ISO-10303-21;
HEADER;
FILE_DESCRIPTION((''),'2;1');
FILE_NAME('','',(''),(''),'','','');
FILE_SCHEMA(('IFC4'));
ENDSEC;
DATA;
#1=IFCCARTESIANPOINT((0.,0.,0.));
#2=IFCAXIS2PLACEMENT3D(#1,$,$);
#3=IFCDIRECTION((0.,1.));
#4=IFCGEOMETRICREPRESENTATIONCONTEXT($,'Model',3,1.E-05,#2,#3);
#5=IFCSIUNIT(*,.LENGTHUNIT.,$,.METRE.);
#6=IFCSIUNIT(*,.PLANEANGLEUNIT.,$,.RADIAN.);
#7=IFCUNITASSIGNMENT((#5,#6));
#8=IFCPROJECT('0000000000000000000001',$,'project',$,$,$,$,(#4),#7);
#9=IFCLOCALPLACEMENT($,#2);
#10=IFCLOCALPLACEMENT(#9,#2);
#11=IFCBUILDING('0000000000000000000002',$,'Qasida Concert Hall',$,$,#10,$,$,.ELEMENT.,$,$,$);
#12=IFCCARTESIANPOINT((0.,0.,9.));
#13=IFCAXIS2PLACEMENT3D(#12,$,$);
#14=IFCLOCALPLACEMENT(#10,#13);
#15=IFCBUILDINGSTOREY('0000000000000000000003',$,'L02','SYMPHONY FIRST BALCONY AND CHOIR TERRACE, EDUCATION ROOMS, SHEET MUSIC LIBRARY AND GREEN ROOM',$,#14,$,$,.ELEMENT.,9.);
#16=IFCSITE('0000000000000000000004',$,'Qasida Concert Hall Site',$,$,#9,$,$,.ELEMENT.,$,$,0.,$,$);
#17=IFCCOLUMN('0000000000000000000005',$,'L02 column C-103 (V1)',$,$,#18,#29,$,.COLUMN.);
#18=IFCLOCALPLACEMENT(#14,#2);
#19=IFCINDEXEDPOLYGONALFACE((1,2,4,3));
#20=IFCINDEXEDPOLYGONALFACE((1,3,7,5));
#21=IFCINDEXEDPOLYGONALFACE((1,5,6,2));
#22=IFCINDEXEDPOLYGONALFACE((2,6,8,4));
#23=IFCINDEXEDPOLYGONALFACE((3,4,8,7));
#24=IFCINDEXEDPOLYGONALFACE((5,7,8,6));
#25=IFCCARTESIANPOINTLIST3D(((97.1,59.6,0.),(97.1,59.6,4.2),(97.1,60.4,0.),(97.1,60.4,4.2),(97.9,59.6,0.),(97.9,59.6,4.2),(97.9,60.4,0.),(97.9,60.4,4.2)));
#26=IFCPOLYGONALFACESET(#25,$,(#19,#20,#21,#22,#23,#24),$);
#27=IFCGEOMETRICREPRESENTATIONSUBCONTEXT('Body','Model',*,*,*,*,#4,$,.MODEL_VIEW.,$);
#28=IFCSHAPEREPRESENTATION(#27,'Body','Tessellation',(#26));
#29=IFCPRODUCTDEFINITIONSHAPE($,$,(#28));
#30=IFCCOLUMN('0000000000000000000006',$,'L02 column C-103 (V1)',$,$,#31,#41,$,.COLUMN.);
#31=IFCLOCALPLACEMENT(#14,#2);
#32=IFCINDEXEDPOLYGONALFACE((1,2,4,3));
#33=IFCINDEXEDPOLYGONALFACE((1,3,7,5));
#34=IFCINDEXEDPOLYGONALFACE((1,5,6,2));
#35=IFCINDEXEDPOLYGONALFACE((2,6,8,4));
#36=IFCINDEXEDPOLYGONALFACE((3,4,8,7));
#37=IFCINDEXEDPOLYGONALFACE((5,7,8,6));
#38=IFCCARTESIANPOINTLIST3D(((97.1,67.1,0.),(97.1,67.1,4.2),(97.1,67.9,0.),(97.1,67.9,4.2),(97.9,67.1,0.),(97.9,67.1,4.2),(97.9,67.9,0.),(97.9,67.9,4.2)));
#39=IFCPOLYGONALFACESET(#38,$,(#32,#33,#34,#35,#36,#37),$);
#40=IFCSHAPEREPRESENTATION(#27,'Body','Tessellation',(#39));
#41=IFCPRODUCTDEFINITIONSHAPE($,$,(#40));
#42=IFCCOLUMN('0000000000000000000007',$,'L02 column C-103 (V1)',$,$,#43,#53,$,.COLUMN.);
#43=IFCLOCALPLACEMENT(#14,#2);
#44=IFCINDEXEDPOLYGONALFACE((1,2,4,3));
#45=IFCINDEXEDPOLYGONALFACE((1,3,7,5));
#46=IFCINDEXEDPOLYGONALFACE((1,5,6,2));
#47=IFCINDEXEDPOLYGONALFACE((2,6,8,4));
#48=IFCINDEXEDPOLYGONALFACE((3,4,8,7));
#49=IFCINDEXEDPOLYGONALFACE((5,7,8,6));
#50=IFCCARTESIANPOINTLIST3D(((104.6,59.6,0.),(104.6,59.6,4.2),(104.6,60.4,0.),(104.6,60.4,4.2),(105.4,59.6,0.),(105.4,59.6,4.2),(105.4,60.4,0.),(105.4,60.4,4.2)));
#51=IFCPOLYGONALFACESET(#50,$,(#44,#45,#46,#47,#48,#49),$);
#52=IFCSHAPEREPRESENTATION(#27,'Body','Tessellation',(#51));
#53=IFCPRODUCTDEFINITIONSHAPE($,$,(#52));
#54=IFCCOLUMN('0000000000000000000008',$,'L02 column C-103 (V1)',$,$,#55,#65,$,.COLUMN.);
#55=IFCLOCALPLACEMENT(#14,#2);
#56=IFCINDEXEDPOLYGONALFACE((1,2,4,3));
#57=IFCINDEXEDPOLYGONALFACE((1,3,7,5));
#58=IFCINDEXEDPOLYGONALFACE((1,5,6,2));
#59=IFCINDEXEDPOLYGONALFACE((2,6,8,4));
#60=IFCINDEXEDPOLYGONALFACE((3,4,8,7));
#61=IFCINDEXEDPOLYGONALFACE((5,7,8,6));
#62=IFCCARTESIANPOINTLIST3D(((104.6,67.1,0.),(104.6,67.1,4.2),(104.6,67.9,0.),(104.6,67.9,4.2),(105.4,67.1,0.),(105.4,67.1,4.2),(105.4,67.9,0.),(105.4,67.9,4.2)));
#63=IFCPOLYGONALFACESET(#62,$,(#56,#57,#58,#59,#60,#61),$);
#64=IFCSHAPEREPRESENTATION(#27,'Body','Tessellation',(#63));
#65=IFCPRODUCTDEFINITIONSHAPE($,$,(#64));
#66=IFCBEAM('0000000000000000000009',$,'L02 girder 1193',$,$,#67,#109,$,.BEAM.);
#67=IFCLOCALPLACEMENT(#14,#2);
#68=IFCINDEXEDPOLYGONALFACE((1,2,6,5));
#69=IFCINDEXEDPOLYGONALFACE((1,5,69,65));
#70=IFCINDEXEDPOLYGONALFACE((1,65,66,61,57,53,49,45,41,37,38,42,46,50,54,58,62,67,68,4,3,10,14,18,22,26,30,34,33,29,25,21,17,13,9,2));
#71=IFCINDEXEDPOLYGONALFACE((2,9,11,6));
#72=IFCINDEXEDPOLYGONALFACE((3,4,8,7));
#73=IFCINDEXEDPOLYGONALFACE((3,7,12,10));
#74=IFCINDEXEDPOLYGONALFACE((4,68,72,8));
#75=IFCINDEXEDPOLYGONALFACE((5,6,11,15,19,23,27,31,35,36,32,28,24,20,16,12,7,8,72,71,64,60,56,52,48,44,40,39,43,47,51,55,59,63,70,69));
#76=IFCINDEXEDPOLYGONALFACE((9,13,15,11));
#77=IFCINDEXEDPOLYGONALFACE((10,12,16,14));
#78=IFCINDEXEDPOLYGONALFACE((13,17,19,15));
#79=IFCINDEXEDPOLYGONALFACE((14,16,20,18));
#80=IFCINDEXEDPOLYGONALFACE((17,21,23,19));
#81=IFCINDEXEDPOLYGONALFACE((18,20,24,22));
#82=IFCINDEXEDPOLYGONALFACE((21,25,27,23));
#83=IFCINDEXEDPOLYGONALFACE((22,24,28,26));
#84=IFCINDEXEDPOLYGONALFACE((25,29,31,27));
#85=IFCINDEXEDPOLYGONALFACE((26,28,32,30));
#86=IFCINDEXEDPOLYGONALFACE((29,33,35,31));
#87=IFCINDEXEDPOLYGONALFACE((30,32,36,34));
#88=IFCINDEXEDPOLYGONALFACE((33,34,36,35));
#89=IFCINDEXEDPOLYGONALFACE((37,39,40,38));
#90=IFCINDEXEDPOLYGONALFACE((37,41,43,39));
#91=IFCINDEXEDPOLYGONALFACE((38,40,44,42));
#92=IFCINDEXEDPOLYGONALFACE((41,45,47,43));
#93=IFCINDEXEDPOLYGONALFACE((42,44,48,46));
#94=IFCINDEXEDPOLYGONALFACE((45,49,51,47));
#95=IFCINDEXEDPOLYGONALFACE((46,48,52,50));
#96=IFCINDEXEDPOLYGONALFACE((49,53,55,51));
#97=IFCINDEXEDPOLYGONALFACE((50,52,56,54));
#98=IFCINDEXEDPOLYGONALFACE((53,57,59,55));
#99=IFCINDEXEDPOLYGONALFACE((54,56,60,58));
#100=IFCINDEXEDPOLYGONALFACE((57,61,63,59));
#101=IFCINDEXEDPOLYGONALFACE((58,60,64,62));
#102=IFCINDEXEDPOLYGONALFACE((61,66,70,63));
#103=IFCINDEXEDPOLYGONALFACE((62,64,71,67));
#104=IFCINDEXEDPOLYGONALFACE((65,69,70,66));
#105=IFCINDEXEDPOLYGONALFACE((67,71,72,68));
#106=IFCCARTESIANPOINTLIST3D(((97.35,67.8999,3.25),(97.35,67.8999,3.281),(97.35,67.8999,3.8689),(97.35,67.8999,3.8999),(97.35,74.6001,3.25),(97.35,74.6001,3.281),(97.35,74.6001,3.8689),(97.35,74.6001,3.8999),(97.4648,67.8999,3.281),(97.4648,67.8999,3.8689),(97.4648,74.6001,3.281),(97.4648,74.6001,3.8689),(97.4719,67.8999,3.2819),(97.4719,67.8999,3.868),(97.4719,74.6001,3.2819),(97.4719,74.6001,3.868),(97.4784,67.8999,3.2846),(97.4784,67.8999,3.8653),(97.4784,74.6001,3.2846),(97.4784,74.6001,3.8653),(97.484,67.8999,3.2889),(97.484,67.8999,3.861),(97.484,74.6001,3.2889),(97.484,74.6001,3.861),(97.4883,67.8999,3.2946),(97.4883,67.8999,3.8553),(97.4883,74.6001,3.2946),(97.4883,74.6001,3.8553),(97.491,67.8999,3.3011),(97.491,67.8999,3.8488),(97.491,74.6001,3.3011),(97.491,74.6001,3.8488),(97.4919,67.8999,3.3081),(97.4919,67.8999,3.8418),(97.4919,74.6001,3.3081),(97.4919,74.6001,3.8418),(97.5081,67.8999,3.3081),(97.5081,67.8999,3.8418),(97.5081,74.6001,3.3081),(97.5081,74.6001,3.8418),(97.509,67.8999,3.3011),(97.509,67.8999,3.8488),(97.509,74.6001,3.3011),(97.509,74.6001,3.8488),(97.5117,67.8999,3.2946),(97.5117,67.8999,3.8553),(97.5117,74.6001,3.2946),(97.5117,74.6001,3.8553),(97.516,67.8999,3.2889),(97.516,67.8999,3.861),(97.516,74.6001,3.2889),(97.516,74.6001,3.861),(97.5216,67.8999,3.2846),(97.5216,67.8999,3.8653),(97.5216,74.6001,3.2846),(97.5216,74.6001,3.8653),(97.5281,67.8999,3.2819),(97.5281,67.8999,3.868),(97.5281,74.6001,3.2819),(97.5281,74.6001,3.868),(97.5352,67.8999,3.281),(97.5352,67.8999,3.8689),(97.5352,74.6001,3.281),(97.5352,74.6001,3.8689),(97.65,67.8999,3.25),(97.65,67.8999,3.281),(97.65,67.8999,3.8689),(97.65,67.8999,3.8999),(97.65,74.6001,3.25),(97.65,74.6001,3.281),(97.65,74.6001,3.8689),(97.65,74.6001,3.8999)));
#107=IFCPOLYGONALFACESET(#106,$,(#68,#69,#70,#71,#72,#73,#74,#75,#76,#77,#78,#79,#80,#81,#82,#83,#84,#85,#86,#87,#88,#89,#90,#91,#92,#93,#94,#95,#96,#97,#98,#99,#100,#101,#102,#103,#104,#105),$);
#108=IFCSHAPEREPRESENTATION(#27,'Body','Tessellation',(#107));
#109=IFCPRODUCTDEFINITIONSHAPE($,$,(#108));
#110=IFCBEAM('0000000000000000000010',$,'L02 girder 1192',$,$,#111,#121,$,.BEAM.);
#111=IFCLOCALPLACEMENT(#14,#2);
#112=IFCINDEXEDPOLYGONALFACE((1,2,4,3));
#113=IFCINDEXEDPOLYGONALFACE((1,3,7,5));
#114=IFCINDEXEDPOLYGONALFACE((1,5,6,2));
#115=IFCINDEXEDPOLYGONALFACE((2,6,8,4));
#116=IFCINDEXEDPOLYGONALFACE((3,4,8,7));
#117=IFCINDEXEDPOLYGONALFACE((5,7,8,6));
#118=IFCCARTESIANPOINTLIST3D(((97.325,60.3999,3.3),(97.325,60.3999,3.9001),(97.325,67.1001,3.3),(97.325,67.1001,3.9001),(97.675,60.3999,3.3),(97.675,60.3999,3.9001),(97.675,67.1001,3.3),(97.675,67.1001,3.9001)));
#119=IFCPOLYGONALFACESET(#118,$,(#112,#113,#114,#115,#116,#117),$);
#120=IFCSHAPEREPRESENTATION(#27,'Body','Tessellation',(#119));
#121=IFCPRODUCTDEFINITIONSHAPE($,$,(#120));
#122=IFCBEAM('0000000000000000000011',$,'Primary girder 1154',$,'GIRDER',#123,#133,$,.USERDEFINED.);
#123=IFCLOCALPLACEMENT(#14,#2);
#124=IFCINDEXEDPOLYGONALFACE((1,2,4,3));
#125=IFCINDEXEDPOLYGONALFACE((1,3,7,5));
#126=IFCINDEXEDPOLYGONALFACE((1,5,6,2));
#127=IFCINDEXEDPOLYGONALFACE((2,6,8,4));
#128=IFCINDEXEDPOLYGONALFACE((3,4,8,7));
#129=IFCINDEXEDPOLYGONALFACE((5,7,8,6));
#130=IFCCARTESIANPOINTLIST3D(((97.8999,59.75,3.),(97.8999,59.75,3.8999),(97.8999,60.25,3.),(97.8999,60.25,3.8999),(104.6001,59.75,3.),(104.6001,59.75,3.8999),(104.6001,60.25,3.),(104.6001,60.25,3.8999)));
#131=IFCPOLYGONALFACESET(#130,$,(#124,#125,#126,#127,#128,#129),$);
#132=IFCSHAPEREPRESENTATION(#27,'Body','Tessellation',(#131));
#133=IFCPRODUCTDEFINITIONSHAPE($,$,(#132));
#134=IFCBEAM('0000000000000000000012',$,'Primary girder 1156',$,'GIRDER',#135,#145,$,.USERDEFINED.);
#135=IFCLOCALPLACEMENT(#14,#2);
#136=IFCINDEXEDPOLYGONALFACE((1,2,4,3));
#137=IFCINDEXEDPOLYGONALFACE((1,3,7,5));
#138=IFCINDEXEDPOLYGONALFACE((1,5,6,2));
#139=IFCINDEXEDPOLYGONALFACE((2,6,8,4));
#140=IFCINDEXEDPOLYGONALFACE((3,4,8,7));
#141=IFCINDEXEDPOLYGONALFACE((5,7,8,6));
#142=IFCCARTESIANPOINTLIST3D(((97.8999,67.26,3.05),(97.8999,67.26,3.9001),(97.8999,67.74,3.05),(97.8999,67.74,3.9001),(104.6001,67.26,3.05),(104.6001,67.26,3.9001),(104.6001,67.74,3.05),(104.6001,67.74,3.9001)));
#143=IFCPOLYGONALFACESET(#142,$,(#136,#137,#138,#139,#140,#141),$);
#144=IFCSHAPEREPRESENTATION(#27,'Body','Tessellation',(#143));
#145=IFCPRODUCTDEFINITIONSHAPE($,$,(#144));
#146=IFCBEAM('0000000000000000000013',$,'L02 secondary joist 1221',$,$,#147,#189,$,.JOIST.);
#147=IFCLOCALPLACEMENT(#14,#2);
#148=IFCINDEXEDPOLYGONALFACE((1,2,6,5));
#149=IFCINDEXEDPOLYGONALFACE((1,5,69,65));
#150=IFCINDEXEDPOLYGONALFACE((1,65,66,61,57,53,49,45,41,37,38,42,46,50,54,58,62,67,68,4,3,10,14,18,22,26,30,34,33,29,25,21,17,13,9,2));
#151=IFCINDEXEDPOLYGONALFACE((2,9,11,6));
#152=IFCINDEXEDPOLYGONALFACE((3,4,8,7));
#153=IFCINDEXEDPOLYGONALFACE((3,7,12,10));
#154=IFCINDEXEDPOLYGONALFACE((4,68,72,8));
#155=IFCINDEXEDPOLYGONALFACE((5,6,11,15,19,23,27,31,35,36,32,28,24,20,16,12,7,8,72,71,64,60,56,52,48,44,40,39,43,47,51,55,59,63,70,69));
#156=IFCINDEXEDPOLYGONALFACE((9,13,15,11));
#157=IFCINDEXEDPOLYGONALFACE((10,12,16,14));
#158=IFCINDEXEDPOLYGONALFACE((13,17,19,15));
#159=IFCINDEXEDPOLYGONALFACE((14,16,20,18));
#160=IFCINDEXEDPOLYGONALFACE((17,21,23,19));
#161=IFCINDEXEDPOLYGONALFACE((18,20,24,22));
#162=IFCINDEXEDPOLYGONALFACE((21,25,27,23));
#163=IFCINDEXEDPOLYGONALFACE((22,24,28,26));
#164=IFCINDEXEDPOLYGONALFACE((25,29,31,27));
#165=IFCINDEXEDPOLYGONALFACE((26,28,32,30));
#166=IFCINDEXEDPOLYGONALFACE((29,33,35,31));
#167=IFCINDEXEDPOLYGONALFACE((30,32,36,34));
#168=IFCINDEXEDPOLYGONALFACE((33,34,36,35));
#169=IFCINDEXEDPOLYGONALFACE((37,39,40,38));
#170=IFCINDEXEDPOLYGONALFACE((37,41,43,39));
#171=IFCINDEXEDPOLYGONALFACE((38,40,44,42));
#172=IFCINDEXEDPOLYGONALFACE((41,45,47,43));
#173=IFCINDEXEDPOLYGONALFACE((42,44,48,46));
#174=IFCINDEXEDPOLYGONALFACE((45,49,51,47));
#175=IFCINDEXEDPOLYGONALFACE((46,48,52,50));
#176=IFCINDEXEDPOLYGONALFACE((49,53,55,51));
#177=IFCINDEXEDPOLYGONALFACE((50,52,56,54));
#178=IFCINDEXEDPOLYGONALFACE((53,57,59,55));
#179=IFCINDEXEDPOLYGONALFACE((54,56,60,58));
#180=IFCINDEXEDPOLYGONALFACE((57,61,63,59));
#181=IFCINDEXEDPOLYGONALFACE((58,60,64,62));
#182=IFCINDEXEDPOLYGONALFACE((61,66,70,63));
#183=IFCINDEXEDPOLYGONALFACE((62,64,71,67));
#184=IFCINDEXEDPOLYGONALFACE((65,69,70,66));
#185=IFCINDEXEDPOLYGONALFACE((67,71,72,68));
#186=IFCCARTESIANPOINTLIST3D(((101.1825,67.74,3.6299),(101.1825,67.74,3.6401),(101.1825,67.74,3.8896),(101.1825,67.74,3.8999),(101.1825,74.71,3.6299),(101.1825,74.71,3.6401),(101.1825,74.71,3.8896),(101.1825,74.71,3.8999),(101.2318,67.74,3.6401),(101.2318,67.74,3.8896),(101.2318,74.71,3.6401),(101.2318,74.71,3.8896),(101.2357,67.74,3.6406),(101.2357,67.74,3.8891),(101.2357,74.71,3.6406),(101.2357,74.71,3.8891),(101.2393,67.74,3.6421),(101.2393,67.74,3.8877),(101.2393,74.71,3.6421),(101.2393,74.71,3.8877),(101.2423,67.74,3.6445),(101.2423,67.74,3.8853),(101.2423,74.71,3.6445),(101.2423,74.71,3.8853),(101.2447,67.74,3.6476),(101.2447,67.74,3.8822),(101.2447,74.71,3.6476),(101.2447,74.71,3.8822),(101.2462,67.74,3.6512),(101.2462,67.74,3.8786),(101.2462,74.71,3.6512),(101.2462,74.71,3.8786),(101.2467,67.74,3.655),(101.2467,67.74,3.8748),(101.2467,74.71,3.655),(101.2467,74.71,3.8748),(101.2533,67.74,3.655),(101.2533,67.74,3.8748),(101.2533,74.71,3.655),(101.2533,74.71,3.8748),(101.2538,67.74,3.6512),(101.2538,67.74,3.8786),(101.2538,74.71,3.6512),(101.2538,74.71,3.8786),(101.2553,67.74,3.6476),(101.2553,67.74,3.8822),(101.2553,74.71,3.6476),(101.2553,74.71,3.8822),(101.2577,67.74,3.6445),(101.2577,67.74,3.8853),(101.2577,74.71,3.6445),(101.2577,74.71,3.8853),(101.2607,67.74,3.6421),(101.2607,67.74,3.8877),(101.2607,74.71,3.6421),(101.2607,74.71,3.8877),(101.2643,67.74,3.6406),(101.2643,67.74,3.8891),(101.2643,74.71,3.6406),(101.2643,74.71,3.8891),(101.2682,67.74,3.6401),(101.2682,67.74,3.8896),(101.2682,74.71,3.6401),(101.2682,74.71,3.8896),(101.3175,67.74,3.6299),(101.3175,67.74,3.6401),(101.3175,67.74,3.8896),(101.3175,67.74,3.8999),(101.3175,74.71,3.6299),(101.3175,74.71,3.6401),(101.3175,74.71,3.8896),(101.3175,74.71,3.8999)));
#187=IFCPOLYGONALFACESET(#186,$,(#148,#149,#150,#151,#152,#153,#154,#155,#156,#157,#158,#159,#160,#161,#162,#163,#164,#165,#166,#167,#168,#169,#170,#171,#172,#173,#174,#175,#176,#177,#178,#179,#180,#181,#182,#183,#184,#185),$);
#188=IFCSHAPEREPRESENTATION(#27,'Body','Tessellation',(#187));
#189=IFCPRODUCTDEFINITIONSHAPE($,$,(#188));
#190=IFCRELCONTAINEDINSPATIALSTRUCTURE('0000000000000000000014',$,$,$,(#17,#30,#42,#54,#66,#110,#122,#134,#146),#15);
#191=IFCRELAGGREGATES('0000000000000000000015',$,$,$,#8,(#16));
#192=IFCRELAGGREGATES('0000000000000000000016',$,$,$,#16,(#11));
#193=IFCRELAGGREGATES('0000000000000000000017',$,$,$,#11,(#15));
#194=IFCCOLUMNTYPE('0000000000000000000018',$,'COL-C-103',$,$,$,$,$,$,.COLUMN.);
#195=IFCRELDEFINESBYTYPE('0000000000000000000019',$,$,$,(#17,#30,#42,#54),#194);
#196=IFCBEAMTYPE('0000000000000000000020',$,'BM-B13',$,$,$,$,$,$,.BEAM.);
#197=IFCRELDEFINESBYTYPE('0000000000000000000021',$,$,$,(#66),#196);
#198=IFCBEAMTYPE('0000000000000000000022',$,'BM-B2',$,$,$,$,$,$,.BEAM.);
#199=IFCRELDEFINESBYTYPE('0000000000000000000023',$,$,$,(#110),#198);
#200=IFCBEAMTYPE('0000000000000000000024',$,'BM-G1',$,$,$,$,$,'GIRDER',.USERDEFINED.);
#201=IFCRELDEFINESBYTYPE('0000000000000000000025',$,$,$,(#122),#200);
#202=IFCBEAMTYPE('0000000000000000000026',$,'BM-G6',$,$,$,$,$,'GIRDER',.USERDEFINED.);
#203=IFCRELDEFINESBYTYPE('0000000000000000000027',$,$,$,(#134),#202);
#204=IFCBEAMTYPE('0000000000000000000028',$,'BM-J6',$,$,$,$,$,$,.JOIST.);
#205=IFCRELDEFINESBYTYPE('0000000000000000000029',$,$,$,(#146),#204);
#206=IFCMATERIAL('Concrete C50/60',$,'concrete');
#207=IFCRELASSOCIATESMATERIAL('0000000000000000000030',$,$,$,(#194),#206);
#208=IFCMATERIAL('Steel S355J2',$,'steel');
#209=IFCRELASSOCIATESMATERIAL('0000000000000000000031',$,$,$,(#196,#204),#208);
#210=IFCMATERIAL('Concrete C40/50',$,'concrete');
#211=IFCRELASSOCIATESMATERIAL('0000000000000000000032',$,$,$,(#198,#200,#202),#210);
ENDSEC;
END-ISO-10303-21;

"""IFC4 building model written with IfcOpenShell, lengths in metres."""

from ifc_helpers import new_model, si_unit, direction, frame, origin, origin_2d, place, context, subcontext, project, spatial, rectangle, i_section, extrude, material, material_profile, profile_set, type_object, element, save


model = new_model("IFC4")

# Units and contexts
model_context = context("Model", 3, precision=1e-05, world=origin(), true_north=direction((0.0, 1.0)))
body_context = subcontext(model_context, "Body", "Model", "MODEL_VIEW")
ifc_project = project(units=[si_unit("LENGTHUNIT", "METRE"), si_unit("PLANEANGLEUNIT", "RADIAN")], contexts=[model_context])

# Site, building, storey
site_placement = place(None, origin())
site = spatial("IfcSite", under=ifc_project, at=site_placement, Name="Qasida Concert Hall Site", CompositionType="ELEMENT", RefElevation=0.0)
building_placement = place(site_placement, origin())
building = spatial("IfcBuilding", under=site, at=building_placement, Name="Qasida Concert Hall", CompositionType="ELEMENT")
storey_placement = place(building_placement, frame((0.0, 0.0, 9.0)))
storey = spatial("IfcBuildingStorey", under=building, at=storey_placement, Name="L02", Description="SYMPHONY FIRST BALCONY AND CHOIR TERRACE, EDUCATION ROOMS, SHEET MUSIC LIBRARY AND GREEN ROOM", CompositionType="ELEMENT", Elevation=9.0)

# Columns
ifc_material_1 = material(Name="Concrete C50/60", Category="concrete")
ifc_material_profile_1 = material_profile(ifc_material_1, rectangle(XDim=0.8, YDim=0.8, at=origin_2d()), Name="RC 800x800")
ifc_profile_set_1 = profile_set([ifc_material_profile_1], Name="Concrete C50/60")
column_type = type_object("IfcColumnType", Name="COL-C-103", PredefinedType="COLUMN", material=ifc_profile_set_1)
for number, where, z_axis, x_axis, name in (
    (1, (97.5, 60.0, 0.0), (0.0, 0.0, 1.0), (1.0, 0.0, 0.0), "L02 column C-103 (V1)"),
    (2, (97.5, 67.5, 0.0), (0.0, 0.0, 1.0), (1.0, 0.0, 0.0), "L02 column C-103 (V1)"),
    (3, (105.0, 60.0, 0.0), (0.0, 0.0, 1.0), (1.0, 0.0, 0.0), "L02 column C-103 (V1)"),
    (4, (105.0, 67.5, 0.0), (0.0, 0.0, 1.0), (1.0, 0.0, 0.0), "L02 column C-103 (V1)"),
):
    element("IfcColumn", number, at=place(storey_placement, frame(where, z_axis=z_axis, x_axis=x_axis)), inside=storey, type_object=column_type, Name=name, PredefinedType="COLUMN", context=body_context, shape_type="SweptSolid", body=[
        extrude(rectangle(XDim=0.8, YDim=0.8, at=origin_2d()), origin(), (0.0, 0.0, 1.0), 4.2),
    ])

# Beams
ifc_material_2 = material(Name="Steel S355J2", Category="steel")
ifc_material_profile_2 = material_profile(ifc_material_2, i_section(OverallWidth=0.3, OverallDepth=0.6499, WebThickness=0.0161, FlangeThickness=0.031, FilletRadius=0.0271, at=origin_2d()), Name="HEB 650")
ifc_profile_set_2 = profile_set([ifc_material_profile_2], Name="Steel S355J2")
beam_type_1 = type_object("IfcBeamType", Name="BM-B13", PredefinedType="BEAM", material=ifc_profile_set_2)
beam_1_placement = place(storey_placement, frame((97.5, 67.8999, 3.575), z_axis=(0.0, 1.0, 0.0), x_axis=(-1.0, 0.0, 0.0)))
element("IfcBeam", 5, at=beam_1_placement, inside=storey, type_object=beam_type_1, Name="L02 girder 1193", PredefinedType="BEAM", context=body_context, shape_type="SweptSolid", body=[
    extrude(i_section(OverallWidth=0.3, OverallDepth=0.6499, WebThickness=0.0161, FlangeThickness=0.031, FilletRadius=0.0271, at=origin_2d()), origin(), (0.0, 0.0, 1.0), 6.7002),
])
ifc_material_3 = material(Name="Concrete C40/50", Category="concrete")
ifc_material_profile_3 = material_profile(ifc_material_3, rectangle(XDim=0.3501, YDim=0.6001, at=origin_2d()), Name="RC 350x600")
ifc_profile_set_3 = profile_set([ifc_material_profile_3], Name="Concrete C40/50")
beam_type_2 = type_object("IfcBeamType", Name="BM-B2", PredefinedType="BEAM", material=ifc_profile_set_3)
beam_2_placement = place(storey_placement, frame((97.5, 60.3999, 3.6001), z_axis=(0.0, 1.0, 0.0), x_axis=(-1.0, 0.0, 0.0)))
element("IfcBeam", 6, at=beam_2_placement, inside=storey, type_object=beam_type_2, Name="L02 girder 1192", PredefinedType="BEAM", context=body_context, shape_type="SweptSolid", body=[
    extrude(rectangle(XDim=0.3501, YDim=0.6001, at=origin_2d()), origin(), (0.0, 0.0, 1.0), 6.7002),
])
ifc_material_profile_4 = material_profile(ifc_material_3, rectangle(XDim=0.5, YDim=0.8999, at=origin_2d()), Name="RC 500x900")
ifc_profile_set_4 = profile_set([ifc_material_profile_4], Name="Concrete C40/50")
beam_type_3 = type_object("IfcBeamType", Name="BM-G1", ElementType="GIRDER", PredefinedType="USERDEFINED", material=ifc_profile_set_4)
beam_3_placement = place(storey_placement, frame((97.8999, 60.0, 3.45), z_axis=(1.0, 0.0, 0.0), x_axis=(0.0, 1.0, 0.0)))
element("IfcBeam", 7, at=beam_3_placement, inside=storey, type_object=beam_type_3, Name="Primary girder 1154", ObjectType="GIRDER", PredefinedType="USERDEFINED", context=body_context, shape_type="SweptSolid", body=[
    extrude(rectangle(XDim=0.5, YDim=0.8999, at=origin_2d()), origin(), (0.0, 0.0, 1.0), 6.7002),
])
ifc_material_profile_5 = material_profile(ifc_material_3, rectangle(XDim=0.48, YDim=0.8501, at=origin_2d()), Name="RC 480x850")
ifc_profile_set_5 = profile_set([ifc_material_profile_5], Name="Concrete C40/50")
beam_type_4 = type_object("IfcBeamType", Name="BM-G6", ElementType="GIRDER", PredefinedType="USERDEFINED", material=ifc_profile_set_5)
beam_4_placement = place(storey_placement, frame((97.8999, 67.5, 3.4751), z_axis=(1.0, 0.0, 0.0), x_axis=(0.0, 1.0, 0.0)))
element("IfcBeam", 8, at=beam_4_placement, inside=storey, type_object=beam_type_4, Name="Primary girder 1156", ObjectType="GIRDER", PredefinedType="USERDEFINED", context=body_context, shape_type="SweptSolid", body=[
    extrude(rectangle(XDim=0.48, YDim=0.8501, at=origin_2d()), origin(), (0.0, 0.0, 1.0), 6.7002),
])
ifc_material_profile_6 = material_profile(ifc_material_2, i_section(OverallWidth=0.135, OverallDepth=0.27, WebThickness=0.0066, FlangeThickness=0.0103, FilletRadius=0.0149, at=origin_2d()), Name="IPE 270")
ifc_profile_set_6 = profile_set([ifc_material_profile_6], Name="Steel S355J2")
beam_type_5 = type_object("IfcBeamType", Name="BM-J6", PredefinedType="JOIST", material=ifc_profile_set_6)
beam_5_placement = place(storey_placement, frame((101.25, 67.74, 3.7649), z_axis=(0.0, 1.0, 0.0), x_axis=(-1.0, 0.0, 0.0)))
element("IfcBeam", 9, at=beam_5_placement, inside=storey, type_object=beam_type_5, Name="L02 secondary joist 1221", PredefinedType="JOIST", context=body_context, shape_type="SweptSolid", body=[
    extrude(i_section(OverallWidth=0.135, OverallDepth=0.27, WebThickness=0.0066, FlangeThickness=0.0103, FilletRadius=0.0149, at=origin_2d()), origin(), (0.0, 0.0, 1.0), 6.97),
])

save(model, "model.ifc")
